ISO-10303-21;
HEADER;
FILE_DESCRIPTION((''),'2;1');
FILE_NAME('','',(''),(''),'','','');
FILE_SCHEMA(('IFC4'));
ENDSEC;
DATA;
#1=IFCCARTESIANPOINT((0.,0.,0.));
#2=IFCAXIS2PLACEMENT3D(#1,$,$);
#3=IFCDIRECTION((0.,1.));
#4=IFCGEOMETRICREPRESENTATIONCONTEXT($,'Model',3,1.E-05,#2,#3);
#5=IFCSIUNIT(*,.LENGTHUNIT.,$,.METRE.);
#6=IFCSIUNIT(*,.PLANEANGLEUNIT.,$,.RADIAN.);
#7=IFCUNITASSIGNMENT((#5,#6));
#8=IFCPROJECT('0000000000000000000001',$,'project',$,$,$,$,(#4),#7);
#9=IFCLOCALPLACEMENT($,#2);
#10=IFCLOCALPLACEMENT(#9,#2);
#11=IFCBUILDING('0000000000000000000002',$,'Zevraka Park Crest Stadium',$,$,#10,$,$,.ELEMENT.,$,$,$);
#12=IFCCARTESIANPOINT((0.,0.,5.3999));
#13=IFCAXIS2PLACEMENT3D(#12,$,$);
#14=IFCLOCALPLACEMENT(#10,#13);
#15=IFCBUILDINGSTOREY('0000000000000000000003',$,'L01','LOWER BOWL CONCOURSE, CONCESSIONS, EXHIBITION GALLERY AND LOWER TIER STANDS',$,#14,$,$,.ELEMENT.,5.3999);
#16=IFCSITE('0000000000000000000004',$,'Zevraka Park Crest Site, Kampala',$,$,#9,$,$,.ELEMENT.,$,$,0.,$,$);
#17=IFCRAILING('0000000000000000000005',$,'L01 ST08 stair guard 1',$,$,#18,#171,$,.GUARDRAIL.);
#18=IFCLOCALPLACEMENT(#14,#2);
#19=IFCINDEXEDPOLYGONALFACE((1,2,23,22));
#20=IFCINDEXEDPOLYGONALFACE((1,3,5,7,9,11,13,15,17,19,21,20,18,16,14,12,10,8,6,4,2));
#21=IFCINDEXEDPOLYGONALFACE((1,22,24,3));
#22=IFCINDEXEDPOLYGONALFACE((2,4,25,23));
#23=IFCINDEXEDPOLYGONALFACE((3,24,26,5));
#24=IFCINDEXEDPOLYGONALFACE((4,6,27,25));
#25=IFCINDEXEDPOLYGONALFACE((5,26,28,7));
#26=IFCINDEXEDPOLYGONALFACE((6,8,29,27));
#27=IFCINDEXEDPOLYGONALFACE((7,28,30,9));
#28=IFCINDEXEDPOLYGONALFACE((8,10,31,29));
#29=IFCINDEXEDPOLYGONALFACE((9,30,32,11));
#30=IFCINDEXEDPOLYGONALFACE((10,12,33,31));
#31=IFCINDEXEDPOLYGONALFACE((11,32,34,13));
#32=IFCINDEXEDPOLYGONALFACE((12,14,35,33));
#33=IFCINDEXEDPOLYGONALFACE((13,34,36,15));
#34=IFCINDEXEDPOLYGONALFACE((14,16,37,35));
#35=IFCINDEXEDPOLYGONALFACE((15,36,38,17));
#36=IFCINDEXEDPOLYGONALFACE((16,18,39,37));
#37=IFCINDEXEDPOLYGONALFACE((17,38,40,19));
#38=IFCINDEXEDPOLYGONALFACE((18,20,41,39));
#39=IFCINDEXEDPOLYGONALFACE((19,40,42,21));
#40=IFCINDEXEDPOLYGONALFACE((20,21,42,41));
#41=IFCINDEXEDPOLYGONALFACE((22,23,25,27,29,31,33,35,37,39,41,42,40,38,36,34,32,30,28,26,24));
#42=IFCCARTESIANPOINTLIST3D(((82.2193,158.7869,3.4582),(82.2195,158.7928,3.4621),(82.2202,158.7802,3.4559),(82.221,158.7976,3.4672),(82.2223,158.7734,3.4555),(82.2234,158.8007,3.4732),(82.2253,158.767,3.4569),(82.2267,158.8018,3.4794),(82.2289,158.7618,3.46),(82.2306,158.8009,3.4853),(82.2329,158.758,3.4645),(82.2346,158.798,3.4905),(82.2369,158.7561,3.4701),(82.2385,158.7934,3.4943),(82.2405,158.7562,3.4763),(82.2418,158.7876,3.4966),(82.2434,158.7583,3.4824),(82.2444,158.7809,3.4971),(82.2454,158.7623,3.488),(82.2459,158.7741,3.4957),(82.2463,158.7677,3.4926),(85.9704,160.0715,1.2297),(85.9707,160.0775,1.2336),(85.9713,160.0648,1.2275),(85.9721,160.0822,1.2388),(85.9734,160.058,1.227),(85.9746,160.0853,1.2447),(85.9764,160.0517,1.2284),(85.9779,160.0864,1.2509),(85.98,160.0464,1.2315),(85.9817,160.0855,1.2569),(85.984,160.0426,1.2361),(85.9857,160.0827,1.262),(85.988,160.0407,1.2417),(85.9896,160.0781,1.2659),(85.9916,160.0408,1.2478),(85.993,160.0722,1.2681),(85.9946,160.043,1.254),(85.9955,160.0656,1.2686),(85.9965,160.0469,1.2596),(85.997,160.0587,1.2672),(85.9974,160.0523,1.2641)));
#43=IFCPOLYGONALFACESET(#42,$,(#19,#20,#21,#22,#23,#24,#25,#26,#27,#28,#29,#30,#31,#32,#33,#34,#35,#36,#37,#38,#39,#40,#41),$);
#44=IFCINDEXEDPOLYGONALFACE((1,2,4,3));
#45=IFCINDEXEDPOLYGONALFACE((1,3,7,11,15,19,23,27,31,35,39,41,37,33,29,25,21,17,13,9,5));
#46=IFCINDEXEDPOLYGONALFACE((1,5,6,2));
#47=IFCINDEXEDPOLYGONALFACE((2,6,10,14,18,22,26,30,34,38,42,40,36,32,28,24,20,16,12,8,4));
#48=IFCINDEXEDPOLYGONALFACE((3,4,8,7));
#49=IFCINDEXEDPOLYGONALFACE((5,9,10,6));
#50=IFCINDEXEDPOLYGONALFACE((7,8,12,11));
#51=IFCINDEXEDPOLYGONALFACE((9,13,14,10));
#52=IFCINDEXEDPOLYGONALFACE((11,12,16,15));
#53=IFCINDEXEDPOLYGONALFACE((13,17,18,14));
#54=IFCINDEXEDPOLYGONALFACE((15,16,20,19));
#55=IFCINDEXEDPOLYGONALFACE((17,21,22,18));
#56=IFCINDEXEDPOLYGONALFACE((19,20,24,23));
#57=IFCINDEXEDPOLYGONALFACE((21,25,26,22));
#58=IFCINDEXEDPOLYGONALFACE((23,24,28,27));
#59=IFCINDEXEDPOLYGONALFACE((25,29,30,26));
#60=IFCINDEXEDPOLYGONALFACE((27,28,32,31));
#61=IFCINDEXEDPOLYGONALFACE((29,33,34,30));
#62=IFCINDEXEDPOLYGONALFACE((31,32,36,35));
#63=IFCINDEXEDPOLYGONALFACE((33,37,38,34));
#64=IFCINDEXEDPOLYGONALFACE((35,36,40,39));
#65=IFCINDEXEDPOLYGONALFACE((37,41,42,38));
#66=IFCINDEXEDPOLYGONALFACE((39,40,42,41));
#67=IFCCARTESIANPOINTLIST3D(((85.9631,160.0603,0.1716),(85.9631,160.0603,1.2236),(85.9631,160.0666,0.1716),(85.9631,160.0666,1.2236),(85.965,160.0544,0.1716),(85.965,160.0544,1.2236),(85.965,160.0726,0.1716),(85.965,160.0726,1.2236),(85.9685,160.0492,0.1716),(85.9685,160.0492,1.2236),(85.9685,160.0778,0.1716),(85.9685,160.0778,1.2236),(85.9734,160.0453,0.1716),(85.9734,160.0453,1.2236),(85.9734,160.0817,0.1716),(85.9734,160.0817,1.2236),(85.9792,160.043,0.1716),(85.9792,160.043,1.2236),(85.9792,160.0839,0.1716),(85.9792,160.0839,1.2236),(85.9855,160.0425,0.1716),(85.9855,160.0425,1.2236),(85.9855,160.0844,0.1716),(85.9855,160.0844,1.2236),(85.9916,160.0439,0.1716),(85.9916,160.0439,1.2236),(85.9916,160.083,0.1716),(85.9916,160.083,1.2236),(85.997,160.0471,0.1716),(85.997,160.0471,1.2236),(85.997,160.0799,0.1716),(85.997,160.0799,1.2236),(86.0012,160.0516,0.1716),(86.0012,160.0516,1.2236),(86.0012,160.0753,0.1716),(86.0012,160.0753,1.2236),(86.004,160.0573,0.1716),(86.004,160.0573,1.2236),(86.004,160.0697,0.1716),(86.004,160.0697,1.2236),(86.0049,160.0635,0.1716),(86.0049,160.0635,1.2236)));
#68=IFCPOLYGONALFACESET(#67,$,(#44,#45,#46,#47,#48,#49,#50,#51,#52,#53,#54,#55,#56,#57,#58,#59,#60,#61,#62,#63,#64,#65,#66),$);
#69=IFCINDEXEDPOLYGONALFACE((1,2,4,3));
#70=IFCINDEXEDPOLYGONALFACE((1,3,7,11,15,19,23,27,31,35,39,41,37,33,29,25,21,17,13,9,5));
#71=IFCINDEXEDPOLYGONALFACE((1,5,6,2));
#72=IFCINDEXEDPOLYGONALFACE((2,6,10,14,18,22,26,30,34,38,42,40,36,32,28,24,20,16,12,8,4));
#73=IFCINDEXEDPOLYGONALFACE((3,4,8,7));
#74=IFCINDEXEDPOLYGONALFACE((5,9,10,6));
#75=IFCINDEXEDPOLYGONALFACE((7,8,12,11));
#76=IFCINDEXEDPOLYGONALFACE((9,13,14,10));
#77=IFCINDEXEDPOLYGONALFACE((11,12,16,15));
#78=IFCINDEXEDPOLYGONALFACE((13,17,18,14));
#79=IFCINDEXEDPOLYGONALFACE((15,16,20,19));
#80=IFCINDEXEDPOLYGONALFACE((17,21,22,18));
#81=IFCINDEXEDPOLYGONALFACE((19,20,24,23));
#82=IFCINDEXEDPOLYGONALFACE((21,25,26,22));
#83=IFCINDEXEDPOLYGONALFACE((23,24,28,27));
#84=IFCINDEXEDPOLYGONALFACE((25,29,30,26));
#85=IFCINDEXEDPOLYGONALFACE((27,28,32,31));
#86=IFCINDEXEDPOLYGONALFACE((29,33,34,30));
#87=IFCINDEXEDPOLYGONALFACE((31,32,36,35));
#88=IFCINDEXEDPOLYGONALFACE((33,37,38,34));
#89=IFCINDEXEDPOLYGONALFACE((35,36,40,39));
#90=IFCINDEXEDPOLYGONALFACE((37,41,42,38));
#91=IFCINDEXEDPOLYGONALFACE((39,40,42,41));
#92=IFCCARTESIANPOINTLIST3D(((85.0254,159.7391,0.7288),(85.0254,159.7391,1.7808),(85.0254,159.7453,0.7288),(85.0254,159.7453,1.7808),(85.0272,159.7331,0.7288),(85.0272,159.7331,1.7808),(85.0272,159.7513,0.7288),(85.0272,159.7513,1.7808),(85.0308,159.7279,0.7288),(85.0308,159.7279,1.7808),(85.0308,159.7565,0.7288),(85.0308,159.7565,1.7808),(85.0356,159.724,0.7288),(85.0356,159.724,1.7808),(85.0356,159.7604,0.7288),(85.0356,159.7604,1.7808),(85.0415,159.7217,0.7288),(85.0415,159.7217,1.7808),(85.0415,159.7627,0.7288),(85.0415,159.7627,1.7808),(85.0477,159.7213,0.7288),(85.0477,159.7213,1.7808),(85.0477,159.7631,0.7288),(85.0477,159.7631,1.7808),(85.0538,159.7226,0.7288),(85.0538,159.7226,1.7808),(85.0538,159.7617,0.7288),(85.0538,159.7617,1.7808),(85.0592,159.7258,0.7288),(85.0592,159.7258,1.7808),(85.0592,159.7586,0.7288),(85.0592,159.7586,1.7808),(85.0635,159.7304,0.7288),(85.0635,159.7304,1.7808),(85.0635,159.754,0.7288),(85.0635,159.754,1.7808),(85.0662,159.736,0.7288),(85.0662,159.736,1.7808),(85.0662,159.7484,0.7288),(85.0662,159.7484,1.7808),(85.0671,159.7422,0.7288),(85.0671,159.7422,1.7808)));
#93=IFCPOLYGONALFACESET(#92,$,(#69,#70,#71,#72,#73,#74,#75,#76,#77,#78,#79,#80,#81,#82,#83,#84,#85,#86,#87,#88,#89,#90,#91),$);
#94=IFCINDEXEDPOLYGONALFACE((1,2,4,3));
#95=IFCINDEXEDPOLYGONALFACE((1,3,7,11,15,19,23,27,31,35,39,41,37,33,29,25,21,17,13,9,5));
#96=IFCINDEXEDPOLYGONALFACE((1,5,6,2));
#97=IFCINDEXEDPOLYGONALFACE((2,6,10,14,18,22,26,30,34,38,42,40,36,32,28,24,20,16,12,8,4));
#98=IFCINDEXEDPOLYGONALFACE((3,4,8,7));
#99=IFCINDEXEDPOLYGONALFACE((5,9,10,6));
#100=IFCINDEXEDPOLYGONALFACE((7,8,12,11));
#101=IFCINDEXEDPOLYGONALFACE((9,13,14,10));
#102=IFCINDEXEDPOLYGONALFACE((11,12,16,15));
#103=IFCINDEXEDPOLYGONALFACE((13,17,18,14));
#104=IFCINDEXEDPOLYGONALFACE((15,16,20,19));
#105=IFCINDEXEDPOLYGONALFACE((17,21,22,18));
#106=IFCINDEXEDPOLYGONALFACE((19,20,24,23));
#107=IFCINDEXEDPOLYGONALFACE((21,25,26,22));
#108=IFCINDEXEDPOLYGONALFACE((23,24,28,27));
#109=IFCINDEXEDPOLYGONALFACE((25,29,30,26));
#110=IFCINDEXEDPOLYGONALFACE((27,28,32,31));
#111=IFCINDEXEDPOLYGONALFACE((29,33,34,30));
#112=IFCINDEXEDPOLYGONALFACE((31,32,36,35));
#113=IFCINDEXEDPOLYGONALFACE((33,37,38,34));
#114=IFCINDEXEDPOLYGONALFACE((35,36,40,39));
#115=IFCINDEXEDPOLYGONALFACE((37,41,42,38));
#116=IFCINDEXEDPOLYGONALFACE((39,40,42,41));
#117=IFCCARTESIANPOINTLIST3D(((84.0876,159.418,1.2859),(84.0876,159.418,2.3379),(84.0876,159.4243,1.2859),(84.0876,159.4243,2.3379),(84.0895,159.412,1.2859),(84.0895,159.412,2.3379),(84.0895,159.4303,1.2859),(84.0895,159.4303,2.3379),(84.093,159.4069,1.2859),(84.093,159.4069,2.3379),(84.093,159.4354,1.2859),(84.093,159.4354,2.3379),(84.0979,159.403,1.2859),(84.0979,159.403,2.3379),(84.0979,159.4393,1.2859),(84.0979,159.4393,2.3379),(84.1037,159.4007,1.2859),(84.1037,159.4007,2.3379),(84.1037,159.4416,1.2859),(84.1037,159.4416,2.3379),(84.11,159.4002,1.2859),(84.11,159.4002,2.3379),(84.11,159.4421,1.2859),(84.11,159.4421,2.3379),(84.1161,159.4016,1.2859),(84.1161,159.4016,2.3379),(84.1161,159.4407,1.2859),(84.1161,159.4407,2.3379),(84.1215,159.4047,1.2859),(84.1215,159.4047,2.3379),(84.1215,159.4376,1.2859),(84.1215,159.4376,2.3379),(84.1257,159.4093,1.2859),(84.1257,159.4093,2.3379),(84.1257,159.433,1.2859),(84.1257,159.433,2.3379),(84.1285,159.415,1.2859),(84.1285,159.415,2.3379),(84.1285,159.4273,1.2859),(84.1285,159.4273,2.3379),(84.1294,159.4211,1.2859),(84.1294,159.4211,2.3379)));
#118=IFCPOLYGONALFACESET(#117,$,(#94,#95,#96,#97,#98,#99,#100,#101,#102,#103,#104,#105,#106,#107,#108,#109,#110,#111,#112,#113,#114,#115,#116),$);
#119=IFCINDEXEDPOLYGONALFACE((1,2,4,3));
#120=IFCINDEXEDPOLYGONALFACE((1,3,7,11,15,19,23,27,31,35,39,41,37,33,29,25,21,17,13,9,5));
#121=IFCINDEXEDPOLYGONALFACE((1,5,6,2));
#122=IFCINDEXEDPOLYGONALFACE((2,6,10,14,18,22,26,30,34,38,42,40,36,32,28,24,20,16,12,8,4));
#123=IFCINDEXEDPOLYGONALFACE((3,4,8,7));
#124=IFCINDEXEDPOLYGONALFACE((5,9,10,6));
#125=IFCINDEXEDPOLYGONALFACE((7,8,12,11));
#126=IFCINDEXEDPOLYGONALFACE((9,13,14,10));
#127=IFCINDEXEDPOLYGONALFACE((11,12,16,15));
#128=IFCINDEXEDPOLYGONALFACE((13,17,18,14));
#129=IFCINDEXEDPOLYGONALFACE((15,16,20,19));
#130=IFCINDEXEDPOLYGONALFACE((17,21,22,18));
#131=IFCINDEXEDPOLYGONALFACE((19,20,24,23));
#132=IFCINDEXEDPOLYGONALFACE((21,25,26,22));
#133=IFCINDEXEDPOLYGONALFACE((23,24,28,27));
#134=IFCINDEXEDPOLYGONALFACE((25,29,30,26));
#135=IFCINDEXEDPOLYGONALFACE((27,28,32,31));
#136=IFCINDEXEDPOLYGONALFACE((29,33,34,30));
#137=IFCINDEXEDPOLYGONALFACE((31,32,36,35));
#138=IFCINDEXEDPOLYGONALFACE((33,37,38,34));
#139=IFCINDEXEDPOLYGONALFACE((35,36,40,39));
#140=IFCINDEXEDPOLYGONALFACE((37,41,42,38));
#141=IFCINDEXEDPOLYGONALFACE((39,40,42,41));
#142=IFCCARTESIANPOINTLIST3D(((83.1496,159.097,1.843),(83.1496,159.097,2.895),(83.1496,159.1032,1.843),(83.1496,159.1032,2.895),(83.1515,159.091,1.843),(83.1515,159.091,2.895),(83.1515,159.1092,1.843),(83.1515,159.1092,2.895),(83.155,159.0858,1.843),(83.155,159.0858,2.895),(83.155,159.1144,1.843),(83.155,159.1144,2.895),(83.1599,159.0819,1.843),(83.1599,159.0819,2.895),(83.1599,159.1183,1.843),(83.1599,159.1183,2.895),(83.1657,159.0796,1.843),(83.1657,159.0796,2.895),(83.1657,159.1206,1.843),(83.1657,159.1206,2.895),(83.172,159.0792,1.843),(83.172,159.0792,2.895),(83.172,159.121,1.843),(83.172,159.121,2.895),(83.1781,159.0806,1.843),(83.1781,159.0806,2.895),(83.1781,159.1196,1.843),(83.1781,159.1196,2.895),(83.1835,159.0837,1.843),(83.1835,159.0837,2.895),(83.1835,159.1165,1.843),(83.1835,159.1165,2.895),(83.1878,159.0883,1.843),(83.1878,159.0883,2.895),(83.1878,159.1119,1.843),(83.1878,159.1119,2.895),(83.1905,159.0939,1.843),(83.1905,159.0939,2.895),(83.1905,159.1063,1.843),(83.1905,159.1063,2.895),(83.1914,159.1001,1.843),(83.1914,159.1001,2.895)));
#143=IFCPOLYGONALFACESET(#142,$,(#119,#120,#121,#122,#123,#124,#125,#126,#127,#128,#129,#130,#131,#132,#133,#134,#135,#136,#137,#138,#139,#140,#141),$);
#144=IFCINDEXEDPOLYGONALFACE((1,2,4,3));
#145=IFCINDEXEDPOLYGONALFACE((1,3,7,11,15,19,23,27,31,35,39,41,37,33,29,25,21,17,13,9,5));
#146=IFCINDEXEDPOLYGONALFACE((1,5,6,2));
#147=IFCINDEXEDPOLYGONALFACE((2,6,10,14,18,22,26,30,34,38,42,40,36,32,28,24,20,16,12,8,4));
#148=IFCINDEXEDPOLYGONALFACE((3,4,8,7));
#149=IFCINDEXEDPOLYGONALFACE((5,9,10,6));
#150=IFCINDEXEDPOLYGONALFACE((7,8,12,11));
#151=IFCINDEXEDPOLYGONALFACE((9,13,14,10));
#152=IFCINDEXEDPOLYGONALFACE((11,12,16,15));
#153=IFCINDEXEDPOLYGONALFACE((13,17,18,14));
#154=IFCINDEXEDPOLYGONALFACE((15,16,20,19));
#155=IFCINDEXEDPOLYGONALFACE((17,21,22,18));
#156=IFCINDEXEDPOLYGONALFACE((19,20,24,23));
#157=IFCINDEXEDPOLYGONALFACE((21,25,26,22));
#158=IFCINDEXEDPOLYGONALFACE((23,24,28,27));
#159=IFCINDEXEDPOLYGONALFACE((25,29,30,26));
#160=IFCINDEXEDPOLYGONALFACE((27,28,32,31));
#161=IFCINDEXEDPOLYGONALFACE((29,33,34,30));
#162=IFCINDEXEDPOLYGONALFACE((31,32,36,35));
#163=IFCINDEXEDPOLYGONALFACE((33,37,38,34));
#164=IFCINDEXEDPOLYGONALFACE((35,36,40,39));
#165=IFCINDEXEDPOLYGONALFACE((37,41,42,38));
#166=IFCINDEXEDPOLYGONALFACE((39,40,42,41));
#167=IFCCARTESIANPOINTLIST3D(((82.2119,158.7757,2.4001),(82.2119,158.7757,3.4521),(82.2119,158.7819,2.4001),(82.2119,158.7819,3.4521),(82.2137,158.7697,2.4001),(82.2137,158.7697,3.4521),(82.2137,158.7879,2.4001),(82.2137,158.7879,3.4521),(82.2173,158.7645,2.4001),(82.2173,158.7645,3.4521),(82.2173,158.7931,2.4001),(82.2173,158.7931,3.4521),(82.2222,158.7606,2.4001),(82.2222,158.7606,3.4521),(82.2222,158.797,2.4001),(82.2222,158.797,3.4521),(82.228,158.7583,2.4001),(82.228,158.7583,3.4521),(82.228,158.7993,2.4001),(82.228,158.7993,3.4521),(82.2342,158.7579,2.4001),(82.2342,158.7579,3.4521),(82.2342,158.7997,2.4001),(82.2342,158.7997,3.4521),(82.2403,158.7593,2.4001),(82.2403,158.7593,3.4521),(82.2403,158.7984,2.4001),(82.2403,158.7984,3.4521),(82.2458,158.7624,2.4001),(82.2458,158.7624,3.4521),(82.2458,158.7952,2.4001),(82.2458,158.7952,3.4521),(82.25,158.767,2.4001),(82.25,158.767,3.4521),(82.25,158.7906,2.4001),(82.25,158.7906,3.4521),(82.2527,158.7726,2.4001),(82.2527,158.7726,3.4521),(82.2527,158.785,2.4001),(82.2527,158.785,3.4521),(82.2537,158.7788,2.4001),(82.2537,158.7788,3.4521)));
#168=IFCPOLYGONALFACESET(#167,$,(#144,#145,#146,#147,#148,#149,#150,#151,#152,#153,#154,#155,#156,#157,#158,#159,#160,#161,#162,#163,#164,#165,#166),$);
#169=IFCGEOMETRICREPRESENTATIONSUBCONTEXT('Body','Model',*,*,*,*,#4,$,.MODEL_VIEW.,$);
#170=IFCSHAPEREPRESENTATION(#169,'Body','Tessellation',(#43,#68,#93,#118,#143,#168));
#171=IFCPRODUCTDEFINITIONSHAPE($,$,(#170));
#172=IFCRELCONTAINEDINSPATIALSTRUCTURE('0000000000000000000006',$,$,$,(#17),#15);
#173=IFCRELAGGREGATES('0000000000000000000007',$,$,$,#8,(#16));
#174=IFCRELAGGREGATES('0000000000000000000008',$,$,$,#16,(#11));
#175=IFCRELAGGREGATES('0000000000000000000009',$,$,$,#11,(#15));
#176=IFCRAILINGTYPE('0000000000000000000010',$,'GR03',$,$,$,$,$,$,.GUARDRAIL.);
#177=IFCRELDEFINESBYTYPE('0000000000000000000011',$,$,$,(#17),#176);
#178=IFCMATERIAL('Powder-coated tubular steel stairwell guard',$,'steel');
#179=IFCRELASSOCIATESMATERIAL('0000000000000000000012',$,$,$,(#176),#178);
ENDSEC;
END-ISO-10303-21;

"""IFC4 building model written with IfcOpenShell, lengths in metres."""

from ifc_helpers import new_model, si_unit, direction, frame, origin, origin_2d, place, context, subcontext, project, spatial, circle, extrude, material, type_object, element, save


model = new_model("IFC4")

# Units and contexts
model_context = context("Model", 3, precision=1e-05, world=origin(), true_north=direction((0.0, 1.0)))
body_context = subcontext(model_context, "Body", "Model", "MODEL_VIEW")
ifc_project = project(units=[si_unit("LENGTHUNIT", "METRE"), si_unit("PLANEANGLEUNIT", "RADIAN")], contexts=[model_context])

# Site, building, storey
site_placement = place(None, origin())
site = spatial("IfcSite", under=ifc_project, at=site_placement, Name="Zevraka Park Crest Site, Kampala", CompositionType="ELEMENT", RefElevation=0.0)
building_placement = place(site_placement, origin())
building = spatial("IfcBuilding", under=site, at=building_placement, Name="Zevraka Park Crest Stadium", CompositionType="ELEMENT")
storey_placement = place(building_placement, frame((0.0, 0.0, 5.3999)))
storey = spatial("IfcBuildingStorey", under=building, at=storey_placement, Name="L01", Description="LOWER BOWL CONCOURSE, CONCESSIONS, EXHIBITION GALLERY AND LOWER TIER STANDS", CompositionType="ELEMENT", Elevation=5.3999)

# Railing
ifc_material_1 = material(Name="Powder-coated tubular steel stairwell guard", Category="steel")
railing_type_1 = type_object("IfcRailingType", Name="GR03", PredefinedType="GUARDRAIL", material=ifc_material_1)
railing_1_placement = place(storey_placement, frame((85.9839, 160.0635, 0.1716)))
element("IfcRailing", 1, at=railing_1_placement, inside=storey, type_object=railing_type_1, Name="L01 ST08 stair guard 1", PredefinedType="GUARDRAIL", context=body_context, shape_type="SweptSolid", body=[
    extrude(circle(Radius=0.0239, at=origin_2d()), frame((0.0, 0.0, 1.0762), z_axis=(-0.824727, -0.282441, 0.489952), x_axis=(0.323994, -0.946059, 0.0)), (0.0, 0.0, 1.0), 4.5483),
    extrude(circle(Radius=0.021, at=origin_2d()), origin(), (0.0, 0.0, 1.0), 1.052),
    extrude(circle(Radius=0.021, at=origin_2d()), frame((-0.9377, -0.3213, 0.5571)), (0.0, 0.0, 1.0), 1.052),
    extrude(circle(Radius=0.021, at=origin_2d()), frame((-1.8755, -0.6423, 1.1143)), (0.0, 0.0, 1.0), 1.052),
    extrude(circle(Radius=0.021, at=origin_2d()), frame((-2.8135, -0.9634, 1.6714)), (0.0, 0.0, 1.0), 1.052),
    extrude(circle(Radius=0.021, at=origin_2d()), frame((-3.7512, -1.2847, 2.2285)), (0.0, 0.0, 1.0), 1.052),
])

save(model, "model.ifc")
